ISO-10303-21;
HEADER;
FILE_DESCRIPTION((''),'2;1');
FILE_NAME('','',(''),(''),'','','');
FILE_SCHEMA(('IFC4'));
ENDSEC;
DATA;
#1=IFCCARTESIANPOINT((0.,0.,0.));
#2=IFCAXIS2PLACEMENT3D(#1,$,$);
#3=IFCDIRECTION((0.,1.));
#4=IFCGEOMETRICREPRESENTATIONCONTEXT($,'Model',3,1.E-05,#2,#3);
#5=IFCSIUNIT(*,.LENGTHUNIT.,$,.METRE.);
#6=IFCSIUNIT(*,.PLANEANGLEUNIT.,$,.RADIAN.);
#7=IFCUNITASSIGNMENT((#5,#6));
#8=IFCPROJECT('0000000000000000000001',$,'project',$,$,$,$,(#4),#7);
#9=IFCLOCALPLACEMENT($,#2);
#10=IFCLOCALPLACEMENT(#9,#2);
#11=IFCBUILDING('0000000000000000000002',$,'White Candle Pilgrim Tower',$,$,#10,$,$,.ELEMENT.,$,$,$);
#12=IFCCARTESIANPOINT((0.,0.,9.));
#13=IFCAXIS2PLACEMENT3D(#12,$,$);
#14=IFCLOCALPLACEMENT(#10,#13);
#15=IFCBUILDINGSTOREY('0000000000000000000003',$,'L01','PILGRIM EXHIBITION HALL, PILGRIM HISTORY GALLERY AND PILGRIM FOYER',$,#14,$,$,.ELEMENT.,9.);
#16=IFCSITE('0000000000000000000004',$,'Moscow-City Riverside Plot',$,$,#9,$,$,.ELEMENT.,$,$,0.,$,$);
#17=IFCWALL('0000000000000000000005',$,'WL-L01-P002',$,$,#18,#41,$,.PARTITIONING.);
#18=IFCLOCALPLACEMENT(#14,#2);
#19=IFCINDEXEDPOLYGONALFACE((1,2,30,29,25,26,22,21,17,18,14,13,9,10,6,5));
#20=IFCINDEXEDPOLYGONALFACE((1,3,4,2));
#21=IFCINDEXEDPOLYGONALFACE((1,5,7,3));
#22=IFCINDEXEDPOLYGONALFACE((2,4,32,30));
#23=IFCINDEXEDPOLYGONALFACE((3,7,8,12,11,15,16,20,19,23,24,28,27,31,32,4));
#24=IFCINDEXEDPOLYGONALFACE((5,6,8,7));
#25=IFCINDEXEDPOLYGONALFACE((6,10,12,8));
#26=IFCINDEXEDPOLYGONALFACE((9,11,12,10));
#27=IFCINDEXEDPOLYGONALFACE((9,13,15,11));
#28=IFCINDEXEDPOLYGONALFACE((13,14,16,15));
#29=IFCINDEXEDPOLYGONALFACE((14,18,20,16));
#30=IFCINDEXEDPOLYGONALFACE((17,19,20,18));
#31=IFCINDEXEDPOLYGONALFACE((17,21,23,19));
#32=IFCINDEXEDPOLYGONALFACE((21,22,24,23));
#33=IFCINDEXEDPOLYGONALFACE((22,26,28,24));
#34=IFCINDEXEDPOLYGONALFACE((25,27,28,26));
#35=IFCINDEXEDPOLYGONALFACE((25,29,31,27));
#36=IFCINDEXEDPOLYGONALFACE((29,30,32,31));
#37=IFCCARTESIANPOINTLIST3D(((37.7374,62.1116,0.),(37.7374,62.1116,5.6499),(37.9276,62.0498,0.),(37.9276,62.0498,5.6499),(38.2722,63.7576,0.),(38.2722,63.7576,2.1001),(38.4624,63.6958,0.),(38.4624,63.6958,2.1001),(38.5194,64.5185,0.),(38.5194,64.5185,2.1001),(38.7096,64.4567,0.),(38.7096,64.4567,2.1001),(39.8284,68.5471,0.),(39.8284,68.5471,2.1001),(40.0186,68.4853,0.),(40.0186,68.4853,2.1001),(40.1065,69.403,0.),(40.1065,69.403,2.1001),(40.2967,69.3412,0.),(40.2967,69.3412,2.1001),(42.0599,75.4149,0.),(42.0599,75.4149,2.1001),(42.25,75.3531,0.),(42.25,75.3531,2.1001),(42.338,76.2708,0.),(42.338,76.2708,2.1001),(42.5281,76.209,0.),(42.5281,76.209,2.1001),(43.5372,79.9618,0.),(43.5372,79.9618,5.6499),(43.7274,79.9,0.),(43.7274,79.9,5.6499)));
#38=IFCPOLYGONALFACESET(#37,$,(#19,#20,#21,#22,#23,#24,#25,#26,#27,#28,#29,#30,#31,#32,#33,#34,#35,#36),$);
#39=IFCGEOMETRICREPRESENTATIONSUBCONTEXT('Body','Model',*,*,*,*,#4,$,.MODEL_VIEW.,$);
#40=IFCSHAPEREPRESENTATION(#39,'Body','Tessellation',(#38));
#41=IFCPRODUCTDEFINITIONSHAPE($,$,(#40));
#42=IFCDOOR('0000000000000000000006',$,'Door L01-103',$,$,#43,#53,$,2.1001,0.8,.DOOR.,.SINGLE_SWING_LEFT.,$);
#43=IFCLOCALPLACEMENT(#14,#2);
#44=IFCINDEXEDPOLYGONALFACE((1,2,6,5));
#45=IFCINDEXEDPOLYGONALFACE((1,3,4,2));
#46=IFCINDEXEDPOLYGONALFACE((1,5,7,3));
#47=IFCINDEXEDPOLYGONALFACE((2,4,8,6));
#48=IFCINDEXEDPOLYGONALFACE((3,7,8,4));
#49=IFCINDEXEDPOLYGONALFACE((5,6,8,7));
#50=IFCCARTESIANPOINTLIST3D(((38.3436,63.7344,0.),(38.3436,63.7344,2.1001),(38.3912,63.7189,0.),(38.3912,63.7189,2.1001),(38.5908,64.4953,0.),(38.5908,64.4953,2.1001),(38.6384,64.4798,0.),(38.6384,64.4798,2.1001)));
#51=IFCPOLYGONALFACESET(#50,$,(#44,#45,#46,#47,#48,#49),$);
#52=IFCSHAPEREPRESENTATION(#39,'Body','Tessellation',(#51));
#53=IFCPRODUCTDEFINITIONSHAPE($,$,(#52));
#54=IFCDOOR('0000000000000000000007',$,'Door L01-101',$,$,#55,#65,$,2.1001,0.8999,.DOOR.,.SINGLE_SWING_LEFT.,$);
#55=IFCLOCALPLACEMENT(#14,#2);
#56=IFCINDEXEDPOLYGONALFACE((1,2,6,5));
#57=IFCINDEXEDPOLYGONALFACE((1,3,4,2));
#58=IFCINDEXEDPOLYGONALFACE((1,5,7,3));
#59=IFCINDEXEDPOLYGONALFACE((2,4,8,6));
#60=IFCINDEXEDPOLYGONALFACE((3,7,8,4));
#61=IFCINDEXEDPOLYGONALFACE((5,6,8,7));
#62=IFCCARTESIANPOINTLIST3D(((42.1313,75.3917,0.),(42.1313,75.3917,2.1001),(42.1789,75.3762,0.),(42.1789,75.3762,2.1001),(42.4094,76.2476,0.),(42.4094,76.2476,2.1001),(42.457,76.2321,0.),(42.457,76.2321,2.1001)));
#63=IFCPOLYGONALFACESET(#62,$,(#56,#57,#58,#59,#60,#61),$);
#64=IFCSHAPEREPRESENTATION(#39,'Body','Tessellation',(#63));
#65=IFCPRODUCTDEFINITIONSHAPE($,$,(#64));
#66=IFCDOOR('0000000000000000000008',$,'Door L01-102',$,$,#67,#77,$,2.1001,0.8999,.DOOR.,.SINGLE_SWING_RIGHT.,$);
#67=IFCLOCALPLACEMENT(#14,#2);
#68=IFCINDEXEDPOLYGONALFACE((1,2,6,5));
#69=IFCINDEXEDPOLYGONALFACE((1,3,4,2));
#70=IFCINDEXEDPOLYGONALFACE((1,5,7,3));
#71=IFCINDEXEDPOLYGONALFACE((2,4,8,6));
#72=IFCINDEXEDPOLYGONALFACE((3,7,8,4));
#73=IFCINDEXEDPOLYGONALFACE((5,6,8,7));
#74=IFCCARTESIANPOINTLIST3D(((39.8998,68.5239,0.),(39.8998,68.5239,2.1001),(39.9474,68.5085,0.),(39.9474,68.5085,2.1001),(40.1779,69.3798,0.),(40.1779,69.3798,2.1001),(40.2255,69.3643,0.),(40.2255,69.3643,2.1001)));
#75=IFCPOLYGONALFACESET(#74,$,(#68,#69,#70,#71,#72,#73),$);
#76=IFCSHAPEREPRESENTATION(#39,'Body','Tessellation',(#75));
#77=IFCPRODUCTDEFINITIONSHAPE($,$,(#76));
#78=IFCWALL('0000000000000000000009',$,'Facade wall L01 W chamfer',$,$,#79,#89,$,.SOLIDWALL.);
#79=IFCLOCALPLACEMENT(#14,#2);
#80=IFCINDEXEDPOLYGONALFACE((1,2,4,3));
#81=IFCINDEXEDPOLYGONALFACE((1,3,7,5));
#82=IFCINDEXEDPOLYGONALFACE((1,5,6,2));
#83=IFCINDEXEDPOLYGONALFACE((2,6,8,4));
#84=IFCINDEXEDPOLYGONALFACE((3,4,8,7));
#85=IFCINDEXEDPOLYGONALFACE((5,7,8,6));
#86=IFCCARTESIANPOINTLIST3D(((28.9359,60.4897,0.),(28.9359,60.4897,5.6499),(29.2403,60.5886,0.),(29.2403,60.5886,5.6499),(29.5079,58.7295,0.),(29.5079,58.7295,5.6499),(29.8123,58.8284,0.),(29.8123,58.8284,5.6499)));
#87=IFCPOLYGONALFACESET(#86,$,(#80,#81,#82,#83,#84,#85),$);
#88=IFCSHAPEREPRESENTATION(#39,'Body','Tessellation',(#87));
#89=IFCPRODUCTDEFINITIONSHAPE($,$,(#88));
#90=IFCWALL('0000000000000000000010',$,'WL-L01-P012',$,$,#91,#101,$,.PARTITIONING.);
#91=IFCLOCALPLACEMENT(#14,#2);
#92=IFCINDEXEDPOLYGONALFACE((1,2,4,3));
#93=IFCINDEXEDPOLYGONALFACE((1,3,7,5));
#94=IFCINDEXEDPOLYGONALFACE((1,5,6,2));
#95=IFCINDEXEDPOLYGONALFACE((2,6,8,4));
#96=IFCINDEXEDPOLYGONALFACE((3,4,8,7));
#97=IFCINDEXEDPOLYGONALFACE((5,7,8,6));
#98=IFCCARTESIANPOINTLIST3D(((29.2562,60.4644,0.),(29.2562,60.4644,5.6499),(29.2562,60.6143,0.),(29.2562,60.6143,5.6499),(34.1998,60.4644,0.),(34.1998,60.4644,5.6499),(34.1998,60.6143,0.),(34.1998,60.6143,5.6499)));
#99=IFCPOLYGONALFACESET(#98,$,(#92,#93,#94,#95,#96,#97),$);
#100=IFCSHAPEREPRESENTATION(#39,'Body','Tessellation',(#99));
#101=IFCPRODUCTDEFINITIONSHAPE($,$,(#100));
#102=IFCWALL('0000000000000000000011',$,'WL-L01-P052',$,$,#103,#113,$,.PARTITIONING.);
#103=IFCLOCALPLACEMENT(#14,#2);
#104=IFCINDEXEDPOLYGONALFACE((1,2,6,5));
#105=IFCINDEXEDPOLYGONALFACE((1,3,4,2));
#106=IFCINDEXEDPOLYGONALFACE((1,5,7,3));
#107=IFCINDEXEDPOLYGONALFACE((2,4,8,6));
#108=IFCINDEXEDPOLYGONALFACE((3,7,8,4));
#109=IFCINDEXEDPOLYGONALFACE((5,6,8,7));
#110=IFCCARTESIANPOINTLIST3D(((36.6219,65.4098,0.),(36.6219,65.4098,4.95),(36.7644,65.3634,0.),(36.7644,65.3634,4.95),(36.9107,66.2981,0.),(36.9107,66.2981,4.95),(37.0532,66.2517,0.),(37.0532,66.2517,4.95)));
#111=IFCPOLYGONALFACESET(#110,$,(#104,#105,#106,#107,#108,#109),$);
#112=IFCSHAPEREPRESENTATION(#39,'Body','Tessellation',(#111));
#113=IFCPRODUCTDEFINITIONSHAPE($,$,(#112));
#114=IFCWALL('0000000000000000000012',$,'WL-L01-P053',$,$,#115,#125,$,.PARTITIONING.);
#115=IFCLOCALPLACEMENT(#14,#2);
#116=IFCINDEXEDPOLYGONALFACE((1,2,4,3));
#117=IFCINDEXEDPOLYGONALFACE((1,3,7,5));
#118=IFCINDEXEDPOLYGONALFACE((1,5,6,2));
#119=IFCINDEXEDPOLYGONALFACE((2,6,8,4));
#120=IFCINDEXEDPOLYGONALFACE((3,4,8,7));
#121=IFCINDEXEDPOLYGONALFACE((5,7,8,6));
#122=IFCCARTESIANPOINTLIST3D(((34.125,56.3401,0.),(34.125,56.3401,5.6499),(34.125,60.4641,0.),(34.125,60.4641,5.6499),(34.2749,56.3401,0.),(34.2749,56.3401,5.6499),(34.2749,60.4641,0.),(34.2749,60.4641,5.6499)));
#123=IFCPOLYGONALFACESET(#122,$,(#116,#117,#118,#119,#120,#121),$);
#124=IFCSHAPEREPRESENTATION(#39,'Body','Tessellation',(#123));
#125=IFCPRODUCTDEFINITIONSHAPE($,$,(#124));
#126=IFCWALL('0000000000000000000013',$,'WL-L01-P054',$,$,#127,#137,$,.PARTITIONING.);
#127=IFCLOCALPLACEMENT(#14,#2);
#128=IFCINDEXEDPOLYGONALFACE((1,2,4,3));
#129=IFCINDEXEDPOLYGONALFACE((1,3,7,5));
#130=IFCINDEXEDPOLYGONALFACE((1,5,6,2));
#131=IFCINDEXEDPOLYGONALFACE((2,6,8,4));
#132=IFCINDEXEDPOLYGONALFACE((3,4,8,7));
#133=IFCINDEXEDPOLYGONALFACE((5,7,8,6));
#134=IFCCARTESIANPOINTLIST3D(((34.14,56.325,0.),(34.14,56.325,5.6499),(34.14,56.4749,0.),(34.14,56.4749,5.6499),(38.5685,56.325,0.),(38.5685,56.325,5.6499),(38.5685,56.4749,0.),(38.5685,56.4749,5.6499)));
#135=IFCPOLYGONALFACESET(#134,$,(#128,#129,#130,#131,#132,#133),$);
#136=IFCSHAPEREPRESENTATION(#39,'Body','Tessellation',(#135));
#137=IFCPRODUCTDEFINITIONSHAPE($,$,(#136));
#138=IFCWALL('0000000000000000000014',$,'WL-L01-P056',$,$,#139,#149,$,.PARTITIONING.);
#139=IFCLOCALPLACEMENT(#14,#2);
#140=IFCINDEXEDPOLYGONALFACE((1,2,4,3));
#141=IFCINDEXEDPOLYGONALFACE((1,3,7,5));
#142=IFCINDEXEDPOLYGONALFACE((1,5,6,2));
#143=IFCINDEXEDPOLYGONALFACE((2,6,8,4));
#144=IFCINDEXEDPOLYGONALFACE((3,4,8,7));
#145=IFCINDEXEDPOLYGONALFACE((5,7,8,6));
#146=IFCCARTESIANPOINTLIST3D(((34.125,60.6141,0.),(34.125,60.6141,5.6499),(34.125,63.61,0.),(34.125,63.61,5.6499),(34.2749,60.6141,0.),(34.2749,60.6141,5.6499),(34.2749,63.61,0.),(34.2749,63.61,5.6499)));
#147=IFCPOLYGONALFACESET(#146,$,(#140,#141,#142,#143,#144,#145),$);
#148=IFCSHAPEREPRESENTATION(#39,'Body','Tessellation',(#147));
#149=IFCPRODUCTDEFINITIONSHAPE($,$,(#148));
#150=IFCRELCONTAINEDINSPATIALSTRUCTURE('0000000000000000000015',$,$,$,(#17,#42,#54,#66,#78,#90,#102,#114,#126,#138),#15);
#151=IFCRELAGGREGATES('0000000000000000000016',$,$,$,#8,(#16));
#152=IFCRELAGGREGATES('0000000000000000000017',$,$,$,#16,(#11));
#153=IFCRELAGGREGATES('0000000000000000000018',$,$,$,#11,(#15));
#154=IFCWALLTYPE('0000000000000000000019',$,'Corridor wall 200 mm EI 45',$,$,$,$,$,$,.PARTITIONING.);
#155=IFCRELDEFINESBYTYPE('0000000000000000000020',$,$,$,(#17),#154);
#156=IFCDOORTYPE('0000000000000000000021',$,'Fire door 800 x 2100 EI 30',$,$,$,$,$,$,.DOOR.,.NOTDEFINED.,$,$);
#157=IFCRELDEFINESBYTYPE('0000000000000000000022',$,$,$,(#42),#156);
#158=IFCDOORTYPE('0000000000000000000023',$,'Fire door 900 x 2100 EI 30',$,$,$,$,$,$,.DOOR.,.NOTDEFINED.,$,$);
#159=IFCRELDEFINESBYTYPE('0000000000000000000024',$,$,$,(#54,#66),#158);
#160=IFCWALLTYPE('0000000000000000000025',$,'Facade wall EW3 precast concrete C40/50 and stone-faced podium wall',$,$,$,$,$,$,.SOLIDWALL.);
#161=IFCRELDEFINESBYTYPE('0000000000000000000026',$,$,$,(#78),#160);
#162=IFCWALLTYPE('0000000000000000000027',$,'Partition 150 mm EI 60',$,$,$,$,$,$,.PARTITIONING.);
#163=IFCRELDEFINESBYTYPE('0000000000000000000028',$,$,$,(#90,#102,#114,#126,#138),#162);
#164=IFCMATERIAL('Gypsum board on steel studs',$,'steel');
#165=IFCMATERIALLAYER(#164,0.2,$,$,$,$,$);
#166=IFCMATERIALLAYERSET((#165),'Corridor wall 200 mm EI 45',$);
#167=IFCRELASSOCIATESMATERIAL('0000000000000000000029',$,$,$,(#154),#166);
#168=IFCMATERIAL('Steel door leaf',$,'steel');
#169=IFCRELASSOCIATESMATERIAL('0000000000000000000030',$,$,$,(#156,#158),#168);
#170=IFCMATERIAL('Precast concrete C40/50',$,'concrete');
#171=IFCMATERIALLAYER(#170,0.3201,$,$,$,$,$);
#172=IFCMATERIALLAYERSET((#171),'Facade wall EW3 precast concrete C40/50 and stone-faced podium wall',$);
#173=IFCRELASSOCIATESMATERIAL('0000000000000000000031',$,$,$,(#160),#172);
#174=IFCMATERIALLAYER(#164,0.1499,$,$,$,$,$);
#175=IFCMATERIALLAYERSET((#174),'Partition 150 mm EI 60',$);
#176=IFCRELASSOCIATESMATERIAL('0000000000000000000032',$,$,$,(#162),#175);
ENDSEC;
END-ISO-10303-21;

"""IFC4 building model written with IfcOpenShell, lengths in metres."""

from ifc_helpers import new_model, si_unit, direction, frame, frame_2d, origin, place, context, subcontext, project, spatial, rectangle, extrude, material, layer, layer_set, type_object, element, fill, save


model = new_model("IFC4")

# Units and contexts
model_context = context("Model", 3, precision=1e-05, world=origin(), true_north=direction((0.0, 1.0)))
body_context = subcontext(model_context, "Body", "Model", "MODEL_VIEW")
ifc_project = project(units=[si_unit("LENGTHUNIT", "METRE"), si_unit("PLANEANGLEUNIT", "RADIAN")], contexts=[model_context])

# Site, building, storey
site_placement = place(None, origin())
site = spatial("IfcSite", under=ifc_project, at=site_placement, Name="Moscow-City Riverside Plot", CompositionType="ELEMENT", RefElevation=0.0)
building_placement = place(site_placement, origin())
building = spatial("IfcBuilding", under=site, at=building_placement, Name="White Candle Pilgrim Tower", CompositionType="ELEMENT")
storey_placement = place(building_placement, frame((0.0, 0.0, 9.0)))
storey = spatial("IfcBuildingStorey", under=building, at=storey_placement, Name="L01", Description="PILGRIM EXHIBITION HALL, PILGRIM HISTORY GALLERY AND PILGRIM FOYER", CompositionType="ELEMENT", Elevation=9.0)

# Wall, openings, doors
ifc_material_1 = material(Name="Gypsum board on steel studs", Category="steel")
ifc_layer_1 = layer(ifc_material_1, 0.2)
ifc_layer_set_1 = layer_set([ifc_layer_1], Name="Corridor wall 200 mm EI 45")
wall_type_1 = type_object("IfcWallType", Name="Corridor wall 200 mm EI 45", PredefinedType="PARTITIONING", material=ifc_layer_set_1)
wall_1_placement = place(storey_placement, frame((37.8325, 62.0808, 0.0), z_axis=(0.0, 0.0, 1.0), x_axis=(0.309015, 0.951057, 0.0)))
wall_1 = element("IfcWall", 1, at=wall_1_placement, inside=storey, type_object=wall_type_1, Name="WL-L01-P002", PredefinedType="PARTITIONING", context=body_context, shape_type="SweptSolid", body=[
    extrude(rectangle(XDim=18.7688, YDim=0.2, at=frame_2d((9.3843, 0.0))), origin(), (0.0, 0.0, 1.0), 5.6499),
])
opening_1_placement = place(wall_1_placement, frame((13.9878, 0.0, 0.0)))
opening_1 = element("IfcOpeningElement", 2, at=opening_1_placement, cuts=wall_1, PredefinedType="OPENING", context=body_context, shape_type="SweptSolid", body=[
    extrude(rectangle(XDim=0.8999, YDim=2.1001, at=frame_2d((0.45, 1.05))), frame((0.0, 0.1099, 0.0), z_axis=(0.0, -1.0, 0.0), x_axis=(1.0, 0.0, 0.0)), (0.0, 0.0, 1.0), 0.22),
])
opening_2_placement = place(wall_1_placement, frame((6.7666, 0.0, 0.0)))
opening_2 = element("IfcOpeningElement", 3, at=opening_2_placement, cuts=wall_1, PredefinedType="OPENING", context=body_context, shape_type="SweptSolid", body=[
    extrude(rectangle(XDim=0.8999, YDim=2.1001, at=frame_2d((0.45, 1.05))), frame((0.0, 0.1099, 0.0), z_axis=(0.0, -1.0, 0.0), x_axis=(1.0, 0.0, 0.0)), (0.0, 0.0, 1.0), 0.22),
])
opening_3_placement = place(wall_1_placement, frame((1.7307, 0.0, 0.0)))
opening_3 = element("IfcOpeningElement", 4, at=opening_3_placement, cuts=wall_1, PredefinedType="OPENING", context=body_context, shape_type="SweptSolid", body=[
    extrude(rectangle(XDim=0.8, YDim=2.1001, at=frame_2d((0.3999, 1.05))), frame((0.0, 0.1099, 0.0), z_axis=(0.0, -1.0, 0.0), x_axis=(1.0, 0.0, 0.0)), (0.0, 0.0, 1.0), 0.22),
])
ifc_material_2 = material(Name="Steel door leaf", Category="steel")
door_type_1 = type_object("IfcDoorType", Name="Fire door 800 x 2100 EI 30", OperationType="NOTDEFINED", PredefinedType="DOOR", material=ifc_material_2)
door_1_placement = place(opening_3_placement, origin())
door_1 = element("IfcDoor", 5, at=door_1_placement, inside=storey, type_object=door_type_1, Name="Door L01-103", OperationType="SINGLE_SWING_LEFT", OverallHeight=2.1001, OverallWidth=0.8, PredefinedType="DOOR", context=body_context, shape_type="SweptSolid", body=[
    extrude(rectangle(XDim=0.8, YDim=2.1001, at=frame_2d((0.3999, 1.05))), frame((0.0, 0.0249, 0.0), z_axis=(0.0, -1.0, 0.0), x_axis=(1.0, 0.0, 0.0)), (0.0, 0.0, 1.0), 0.05),
])
fill(opening_3, door_1)
door_type_2 = type_object("IfcDoorType", Name="Fire door 900 x 2100 EI 30", OperationType="NOTDEFINED", PredefinedType="DOOR", material=ifc_material_2)
door_2_placement = place(opening_1_placement, origin())
door_2 = element("IfcDoor", 6, at=door_2_placement, inside=storey, type_object=door_type_2, Name="Door L01-101", OperationType="SINGLE_SWING_LEFT", OverallHeight=2.1001, OverallWidth=0.8999, PredefinedType="DOOR", context=body_context, shape_type="SweptSolid", body=[
    extrude(rectangle(XDim=0.8999, YDim=2.1001, at=frame_2d((0.45, 1.05))), frame((0.0, 0.0249, 0.0), z_axis=(0.0, -1.0, 0.0), x_axis=(1.0, 0.0, 0.0)), (0.0, 0.0, 1.0), 0.05),
])
fill(opening_1, door_2)
door_3_placement = place(opening_2_placement, origin())
door_3 = element("IfcDoor", 7, at=door_3_placement, inside=storey, type_object=door_type_2, Name="Door L01-102", OperationType="SINGLE_SWING_RIGHT", OverallHeight=2.1001, OverallWidth=0.8999, PredefinedType="DOOR", context=body_context, shape_type="SweptSolid", body=[
    extrude(rectangle(XDim=0.8999, YDim=2.1001, at=frame_2d((0.45, 1.05))), frame((0.0, 0.0249, 0.0), z_axis=(0.0, -1.0, 0.0), x_axis=(1.0, 0.0, 0.0)), (0.0, 0.0, 1.0), 0.05),
])
fill(opening_2, door_3)

# Walls
ifc_material_3 = material(Name="Precast concrete C40/50", Category="concrete")
ifc_layer_2 = layer(ifc_material_3, 0.3201)
ifc_layer_set_2 = layer_set([ifc_layer_2], Name="Facade wall EW3 precast concrete C40/50 and stone-faced podium wall")
wall_type_2 = type_object("IfcWallType", Name="Facade wall EW3 precast concrete C40/50 and stone-faced podium wall", PredefinedType="SOLIDWALL", material=ifc_layer_set_2)
wall_2_placement = place(storey_placement, frame((29.0881, 60.5391, 0.0), z_axis=(0.0, 0.0, 1.0), x_axis=(0.309056, -0.951044, 0.0)))
element("IfcWall", 8, at=wall_2_placement, inside=storey, type_object=wall_type_2, Name="Facade wall L01 W chamfer", PredefinedType="SOLIDWALL", context=body_context, shape_type="SweptSolid", body=[
    extrude(rectangle(XDim=1.8508, YDim=0.3201, at=frame_2d((0.9253, 0.0))), origin(), (0.0, 0.0, 1.0), 5.6499),
])
ifc_layer_3 = layer(ifc_material_1, 0.1499)
ifc_layer_set_3 = layer_set([ifc_layer_3], Name="Partition 150 mm EI 60")
wall_type_3 = type_object("IfcWallType", Name="Partition 150 mm EI 60", PredefinedType="PARTITIONING", material=ifc_layer_set_3)
wall_3_placement = place(storey_placement, frame((29.2563, 60.5393, 0.0), z_axis=(0.0, 0.0, 1.0), x_axis=(1.0, 0.0, 0.0)))
element("IfcWall", 9, at=wall_3_placement, inside=storey, type_object=wall_type_3, Name="WL-L01-P012", PredefinedType="PARTITIONING", context=body_context, shape_type="SweptSolid", body=[
    extrude(rectangle(XDim=4.9436, YDim=0.1499, at=frame_2d((2.4717, 0.0))), origin(), (0.0, 0.0, 1.0), 5.6499),
])
wall_4_placement = place(storey_placement, frame((36.9819, 66.2749, 0.0), z_axis=(0.0, 0.0, 1.0), x_axis=(-0.309163, -0.951009, 0.0)))
element("IfcWall", 10, at=wall_4_placement, inside=storey, type_object=wall_type_3, Name="WL-L01-P052", PredefinedType="PARTITIONING", context=body_context, shape_type="SweptSolid", body=[
    extrude(rectangle(XDim=0.9341, YDim=0.1499, at=frame_2d((0.467, 0.0))), origin(), (0.0, 0.0, 1.0), 4.95),
])
wall_5_placement = place(storey_placement, frame((34.2, 60.4641, 0.0), z_axis=(0.0, 0.0, 1.0), x_axis=(0.0, -1.0, 0.0)))
element("IfcWall", 11, at=wall_5_placement, inside=storey, type_object=wall_type_3, Name="WL-L01-P053", PredefinedType="PARTITIONING", context=body_context, shape_type="SweptSolid", body=[
    extrude(rectangle(XDim=4.124, YDim=0.1499, at=frame_2d((2.062, 0.0))), origin(), (0.0, 0.0, 1.0), 5.6499),
])
wall_6_placement = place(storey_placement, frame((34.1399, 56.3999, 0.0), z_axis=(0.0, 0.0, 1.0), x_axis=(1.0, 0.0, 0.0)))
element("IfcWall", 12, at=wall_6_placement, inside=storey, type_object=wall_type_3, Name="WL-L01-P054", PredefinedType="PARTITIONING", context=body_context, shape_type="SweptSolid", body=[
    extrude(rectangle(XDim=4.4285, YDim=0.1499, at=frame_2d((2.2144, 0.0))), origin(), (0.0, 0.0, 1.0), 5.6499),
])
wall_7_placement = place(storey_placement, frame((34.2, 63.6101, 0.0), z_axis=(0.0, 0.0, 1.0), x_axis=(0.0, -1.0, 0.0)))
element("IfcWall", 13, at=wall_7_placement, inside=storey, type_object=wall_type_3, Name="WL-L01-P056", PredefinedType="PARTITIONING", context=body_context, shape_type="SweptSolid", body=[
    extrude(rectangle(XDim=2.9958, YDim=0.1499, at=frame_2d((1.498, 0.0))), origin(), (0.0, 0.0, 1.0), 5.6499),
])

save(model, "model.ifc")
